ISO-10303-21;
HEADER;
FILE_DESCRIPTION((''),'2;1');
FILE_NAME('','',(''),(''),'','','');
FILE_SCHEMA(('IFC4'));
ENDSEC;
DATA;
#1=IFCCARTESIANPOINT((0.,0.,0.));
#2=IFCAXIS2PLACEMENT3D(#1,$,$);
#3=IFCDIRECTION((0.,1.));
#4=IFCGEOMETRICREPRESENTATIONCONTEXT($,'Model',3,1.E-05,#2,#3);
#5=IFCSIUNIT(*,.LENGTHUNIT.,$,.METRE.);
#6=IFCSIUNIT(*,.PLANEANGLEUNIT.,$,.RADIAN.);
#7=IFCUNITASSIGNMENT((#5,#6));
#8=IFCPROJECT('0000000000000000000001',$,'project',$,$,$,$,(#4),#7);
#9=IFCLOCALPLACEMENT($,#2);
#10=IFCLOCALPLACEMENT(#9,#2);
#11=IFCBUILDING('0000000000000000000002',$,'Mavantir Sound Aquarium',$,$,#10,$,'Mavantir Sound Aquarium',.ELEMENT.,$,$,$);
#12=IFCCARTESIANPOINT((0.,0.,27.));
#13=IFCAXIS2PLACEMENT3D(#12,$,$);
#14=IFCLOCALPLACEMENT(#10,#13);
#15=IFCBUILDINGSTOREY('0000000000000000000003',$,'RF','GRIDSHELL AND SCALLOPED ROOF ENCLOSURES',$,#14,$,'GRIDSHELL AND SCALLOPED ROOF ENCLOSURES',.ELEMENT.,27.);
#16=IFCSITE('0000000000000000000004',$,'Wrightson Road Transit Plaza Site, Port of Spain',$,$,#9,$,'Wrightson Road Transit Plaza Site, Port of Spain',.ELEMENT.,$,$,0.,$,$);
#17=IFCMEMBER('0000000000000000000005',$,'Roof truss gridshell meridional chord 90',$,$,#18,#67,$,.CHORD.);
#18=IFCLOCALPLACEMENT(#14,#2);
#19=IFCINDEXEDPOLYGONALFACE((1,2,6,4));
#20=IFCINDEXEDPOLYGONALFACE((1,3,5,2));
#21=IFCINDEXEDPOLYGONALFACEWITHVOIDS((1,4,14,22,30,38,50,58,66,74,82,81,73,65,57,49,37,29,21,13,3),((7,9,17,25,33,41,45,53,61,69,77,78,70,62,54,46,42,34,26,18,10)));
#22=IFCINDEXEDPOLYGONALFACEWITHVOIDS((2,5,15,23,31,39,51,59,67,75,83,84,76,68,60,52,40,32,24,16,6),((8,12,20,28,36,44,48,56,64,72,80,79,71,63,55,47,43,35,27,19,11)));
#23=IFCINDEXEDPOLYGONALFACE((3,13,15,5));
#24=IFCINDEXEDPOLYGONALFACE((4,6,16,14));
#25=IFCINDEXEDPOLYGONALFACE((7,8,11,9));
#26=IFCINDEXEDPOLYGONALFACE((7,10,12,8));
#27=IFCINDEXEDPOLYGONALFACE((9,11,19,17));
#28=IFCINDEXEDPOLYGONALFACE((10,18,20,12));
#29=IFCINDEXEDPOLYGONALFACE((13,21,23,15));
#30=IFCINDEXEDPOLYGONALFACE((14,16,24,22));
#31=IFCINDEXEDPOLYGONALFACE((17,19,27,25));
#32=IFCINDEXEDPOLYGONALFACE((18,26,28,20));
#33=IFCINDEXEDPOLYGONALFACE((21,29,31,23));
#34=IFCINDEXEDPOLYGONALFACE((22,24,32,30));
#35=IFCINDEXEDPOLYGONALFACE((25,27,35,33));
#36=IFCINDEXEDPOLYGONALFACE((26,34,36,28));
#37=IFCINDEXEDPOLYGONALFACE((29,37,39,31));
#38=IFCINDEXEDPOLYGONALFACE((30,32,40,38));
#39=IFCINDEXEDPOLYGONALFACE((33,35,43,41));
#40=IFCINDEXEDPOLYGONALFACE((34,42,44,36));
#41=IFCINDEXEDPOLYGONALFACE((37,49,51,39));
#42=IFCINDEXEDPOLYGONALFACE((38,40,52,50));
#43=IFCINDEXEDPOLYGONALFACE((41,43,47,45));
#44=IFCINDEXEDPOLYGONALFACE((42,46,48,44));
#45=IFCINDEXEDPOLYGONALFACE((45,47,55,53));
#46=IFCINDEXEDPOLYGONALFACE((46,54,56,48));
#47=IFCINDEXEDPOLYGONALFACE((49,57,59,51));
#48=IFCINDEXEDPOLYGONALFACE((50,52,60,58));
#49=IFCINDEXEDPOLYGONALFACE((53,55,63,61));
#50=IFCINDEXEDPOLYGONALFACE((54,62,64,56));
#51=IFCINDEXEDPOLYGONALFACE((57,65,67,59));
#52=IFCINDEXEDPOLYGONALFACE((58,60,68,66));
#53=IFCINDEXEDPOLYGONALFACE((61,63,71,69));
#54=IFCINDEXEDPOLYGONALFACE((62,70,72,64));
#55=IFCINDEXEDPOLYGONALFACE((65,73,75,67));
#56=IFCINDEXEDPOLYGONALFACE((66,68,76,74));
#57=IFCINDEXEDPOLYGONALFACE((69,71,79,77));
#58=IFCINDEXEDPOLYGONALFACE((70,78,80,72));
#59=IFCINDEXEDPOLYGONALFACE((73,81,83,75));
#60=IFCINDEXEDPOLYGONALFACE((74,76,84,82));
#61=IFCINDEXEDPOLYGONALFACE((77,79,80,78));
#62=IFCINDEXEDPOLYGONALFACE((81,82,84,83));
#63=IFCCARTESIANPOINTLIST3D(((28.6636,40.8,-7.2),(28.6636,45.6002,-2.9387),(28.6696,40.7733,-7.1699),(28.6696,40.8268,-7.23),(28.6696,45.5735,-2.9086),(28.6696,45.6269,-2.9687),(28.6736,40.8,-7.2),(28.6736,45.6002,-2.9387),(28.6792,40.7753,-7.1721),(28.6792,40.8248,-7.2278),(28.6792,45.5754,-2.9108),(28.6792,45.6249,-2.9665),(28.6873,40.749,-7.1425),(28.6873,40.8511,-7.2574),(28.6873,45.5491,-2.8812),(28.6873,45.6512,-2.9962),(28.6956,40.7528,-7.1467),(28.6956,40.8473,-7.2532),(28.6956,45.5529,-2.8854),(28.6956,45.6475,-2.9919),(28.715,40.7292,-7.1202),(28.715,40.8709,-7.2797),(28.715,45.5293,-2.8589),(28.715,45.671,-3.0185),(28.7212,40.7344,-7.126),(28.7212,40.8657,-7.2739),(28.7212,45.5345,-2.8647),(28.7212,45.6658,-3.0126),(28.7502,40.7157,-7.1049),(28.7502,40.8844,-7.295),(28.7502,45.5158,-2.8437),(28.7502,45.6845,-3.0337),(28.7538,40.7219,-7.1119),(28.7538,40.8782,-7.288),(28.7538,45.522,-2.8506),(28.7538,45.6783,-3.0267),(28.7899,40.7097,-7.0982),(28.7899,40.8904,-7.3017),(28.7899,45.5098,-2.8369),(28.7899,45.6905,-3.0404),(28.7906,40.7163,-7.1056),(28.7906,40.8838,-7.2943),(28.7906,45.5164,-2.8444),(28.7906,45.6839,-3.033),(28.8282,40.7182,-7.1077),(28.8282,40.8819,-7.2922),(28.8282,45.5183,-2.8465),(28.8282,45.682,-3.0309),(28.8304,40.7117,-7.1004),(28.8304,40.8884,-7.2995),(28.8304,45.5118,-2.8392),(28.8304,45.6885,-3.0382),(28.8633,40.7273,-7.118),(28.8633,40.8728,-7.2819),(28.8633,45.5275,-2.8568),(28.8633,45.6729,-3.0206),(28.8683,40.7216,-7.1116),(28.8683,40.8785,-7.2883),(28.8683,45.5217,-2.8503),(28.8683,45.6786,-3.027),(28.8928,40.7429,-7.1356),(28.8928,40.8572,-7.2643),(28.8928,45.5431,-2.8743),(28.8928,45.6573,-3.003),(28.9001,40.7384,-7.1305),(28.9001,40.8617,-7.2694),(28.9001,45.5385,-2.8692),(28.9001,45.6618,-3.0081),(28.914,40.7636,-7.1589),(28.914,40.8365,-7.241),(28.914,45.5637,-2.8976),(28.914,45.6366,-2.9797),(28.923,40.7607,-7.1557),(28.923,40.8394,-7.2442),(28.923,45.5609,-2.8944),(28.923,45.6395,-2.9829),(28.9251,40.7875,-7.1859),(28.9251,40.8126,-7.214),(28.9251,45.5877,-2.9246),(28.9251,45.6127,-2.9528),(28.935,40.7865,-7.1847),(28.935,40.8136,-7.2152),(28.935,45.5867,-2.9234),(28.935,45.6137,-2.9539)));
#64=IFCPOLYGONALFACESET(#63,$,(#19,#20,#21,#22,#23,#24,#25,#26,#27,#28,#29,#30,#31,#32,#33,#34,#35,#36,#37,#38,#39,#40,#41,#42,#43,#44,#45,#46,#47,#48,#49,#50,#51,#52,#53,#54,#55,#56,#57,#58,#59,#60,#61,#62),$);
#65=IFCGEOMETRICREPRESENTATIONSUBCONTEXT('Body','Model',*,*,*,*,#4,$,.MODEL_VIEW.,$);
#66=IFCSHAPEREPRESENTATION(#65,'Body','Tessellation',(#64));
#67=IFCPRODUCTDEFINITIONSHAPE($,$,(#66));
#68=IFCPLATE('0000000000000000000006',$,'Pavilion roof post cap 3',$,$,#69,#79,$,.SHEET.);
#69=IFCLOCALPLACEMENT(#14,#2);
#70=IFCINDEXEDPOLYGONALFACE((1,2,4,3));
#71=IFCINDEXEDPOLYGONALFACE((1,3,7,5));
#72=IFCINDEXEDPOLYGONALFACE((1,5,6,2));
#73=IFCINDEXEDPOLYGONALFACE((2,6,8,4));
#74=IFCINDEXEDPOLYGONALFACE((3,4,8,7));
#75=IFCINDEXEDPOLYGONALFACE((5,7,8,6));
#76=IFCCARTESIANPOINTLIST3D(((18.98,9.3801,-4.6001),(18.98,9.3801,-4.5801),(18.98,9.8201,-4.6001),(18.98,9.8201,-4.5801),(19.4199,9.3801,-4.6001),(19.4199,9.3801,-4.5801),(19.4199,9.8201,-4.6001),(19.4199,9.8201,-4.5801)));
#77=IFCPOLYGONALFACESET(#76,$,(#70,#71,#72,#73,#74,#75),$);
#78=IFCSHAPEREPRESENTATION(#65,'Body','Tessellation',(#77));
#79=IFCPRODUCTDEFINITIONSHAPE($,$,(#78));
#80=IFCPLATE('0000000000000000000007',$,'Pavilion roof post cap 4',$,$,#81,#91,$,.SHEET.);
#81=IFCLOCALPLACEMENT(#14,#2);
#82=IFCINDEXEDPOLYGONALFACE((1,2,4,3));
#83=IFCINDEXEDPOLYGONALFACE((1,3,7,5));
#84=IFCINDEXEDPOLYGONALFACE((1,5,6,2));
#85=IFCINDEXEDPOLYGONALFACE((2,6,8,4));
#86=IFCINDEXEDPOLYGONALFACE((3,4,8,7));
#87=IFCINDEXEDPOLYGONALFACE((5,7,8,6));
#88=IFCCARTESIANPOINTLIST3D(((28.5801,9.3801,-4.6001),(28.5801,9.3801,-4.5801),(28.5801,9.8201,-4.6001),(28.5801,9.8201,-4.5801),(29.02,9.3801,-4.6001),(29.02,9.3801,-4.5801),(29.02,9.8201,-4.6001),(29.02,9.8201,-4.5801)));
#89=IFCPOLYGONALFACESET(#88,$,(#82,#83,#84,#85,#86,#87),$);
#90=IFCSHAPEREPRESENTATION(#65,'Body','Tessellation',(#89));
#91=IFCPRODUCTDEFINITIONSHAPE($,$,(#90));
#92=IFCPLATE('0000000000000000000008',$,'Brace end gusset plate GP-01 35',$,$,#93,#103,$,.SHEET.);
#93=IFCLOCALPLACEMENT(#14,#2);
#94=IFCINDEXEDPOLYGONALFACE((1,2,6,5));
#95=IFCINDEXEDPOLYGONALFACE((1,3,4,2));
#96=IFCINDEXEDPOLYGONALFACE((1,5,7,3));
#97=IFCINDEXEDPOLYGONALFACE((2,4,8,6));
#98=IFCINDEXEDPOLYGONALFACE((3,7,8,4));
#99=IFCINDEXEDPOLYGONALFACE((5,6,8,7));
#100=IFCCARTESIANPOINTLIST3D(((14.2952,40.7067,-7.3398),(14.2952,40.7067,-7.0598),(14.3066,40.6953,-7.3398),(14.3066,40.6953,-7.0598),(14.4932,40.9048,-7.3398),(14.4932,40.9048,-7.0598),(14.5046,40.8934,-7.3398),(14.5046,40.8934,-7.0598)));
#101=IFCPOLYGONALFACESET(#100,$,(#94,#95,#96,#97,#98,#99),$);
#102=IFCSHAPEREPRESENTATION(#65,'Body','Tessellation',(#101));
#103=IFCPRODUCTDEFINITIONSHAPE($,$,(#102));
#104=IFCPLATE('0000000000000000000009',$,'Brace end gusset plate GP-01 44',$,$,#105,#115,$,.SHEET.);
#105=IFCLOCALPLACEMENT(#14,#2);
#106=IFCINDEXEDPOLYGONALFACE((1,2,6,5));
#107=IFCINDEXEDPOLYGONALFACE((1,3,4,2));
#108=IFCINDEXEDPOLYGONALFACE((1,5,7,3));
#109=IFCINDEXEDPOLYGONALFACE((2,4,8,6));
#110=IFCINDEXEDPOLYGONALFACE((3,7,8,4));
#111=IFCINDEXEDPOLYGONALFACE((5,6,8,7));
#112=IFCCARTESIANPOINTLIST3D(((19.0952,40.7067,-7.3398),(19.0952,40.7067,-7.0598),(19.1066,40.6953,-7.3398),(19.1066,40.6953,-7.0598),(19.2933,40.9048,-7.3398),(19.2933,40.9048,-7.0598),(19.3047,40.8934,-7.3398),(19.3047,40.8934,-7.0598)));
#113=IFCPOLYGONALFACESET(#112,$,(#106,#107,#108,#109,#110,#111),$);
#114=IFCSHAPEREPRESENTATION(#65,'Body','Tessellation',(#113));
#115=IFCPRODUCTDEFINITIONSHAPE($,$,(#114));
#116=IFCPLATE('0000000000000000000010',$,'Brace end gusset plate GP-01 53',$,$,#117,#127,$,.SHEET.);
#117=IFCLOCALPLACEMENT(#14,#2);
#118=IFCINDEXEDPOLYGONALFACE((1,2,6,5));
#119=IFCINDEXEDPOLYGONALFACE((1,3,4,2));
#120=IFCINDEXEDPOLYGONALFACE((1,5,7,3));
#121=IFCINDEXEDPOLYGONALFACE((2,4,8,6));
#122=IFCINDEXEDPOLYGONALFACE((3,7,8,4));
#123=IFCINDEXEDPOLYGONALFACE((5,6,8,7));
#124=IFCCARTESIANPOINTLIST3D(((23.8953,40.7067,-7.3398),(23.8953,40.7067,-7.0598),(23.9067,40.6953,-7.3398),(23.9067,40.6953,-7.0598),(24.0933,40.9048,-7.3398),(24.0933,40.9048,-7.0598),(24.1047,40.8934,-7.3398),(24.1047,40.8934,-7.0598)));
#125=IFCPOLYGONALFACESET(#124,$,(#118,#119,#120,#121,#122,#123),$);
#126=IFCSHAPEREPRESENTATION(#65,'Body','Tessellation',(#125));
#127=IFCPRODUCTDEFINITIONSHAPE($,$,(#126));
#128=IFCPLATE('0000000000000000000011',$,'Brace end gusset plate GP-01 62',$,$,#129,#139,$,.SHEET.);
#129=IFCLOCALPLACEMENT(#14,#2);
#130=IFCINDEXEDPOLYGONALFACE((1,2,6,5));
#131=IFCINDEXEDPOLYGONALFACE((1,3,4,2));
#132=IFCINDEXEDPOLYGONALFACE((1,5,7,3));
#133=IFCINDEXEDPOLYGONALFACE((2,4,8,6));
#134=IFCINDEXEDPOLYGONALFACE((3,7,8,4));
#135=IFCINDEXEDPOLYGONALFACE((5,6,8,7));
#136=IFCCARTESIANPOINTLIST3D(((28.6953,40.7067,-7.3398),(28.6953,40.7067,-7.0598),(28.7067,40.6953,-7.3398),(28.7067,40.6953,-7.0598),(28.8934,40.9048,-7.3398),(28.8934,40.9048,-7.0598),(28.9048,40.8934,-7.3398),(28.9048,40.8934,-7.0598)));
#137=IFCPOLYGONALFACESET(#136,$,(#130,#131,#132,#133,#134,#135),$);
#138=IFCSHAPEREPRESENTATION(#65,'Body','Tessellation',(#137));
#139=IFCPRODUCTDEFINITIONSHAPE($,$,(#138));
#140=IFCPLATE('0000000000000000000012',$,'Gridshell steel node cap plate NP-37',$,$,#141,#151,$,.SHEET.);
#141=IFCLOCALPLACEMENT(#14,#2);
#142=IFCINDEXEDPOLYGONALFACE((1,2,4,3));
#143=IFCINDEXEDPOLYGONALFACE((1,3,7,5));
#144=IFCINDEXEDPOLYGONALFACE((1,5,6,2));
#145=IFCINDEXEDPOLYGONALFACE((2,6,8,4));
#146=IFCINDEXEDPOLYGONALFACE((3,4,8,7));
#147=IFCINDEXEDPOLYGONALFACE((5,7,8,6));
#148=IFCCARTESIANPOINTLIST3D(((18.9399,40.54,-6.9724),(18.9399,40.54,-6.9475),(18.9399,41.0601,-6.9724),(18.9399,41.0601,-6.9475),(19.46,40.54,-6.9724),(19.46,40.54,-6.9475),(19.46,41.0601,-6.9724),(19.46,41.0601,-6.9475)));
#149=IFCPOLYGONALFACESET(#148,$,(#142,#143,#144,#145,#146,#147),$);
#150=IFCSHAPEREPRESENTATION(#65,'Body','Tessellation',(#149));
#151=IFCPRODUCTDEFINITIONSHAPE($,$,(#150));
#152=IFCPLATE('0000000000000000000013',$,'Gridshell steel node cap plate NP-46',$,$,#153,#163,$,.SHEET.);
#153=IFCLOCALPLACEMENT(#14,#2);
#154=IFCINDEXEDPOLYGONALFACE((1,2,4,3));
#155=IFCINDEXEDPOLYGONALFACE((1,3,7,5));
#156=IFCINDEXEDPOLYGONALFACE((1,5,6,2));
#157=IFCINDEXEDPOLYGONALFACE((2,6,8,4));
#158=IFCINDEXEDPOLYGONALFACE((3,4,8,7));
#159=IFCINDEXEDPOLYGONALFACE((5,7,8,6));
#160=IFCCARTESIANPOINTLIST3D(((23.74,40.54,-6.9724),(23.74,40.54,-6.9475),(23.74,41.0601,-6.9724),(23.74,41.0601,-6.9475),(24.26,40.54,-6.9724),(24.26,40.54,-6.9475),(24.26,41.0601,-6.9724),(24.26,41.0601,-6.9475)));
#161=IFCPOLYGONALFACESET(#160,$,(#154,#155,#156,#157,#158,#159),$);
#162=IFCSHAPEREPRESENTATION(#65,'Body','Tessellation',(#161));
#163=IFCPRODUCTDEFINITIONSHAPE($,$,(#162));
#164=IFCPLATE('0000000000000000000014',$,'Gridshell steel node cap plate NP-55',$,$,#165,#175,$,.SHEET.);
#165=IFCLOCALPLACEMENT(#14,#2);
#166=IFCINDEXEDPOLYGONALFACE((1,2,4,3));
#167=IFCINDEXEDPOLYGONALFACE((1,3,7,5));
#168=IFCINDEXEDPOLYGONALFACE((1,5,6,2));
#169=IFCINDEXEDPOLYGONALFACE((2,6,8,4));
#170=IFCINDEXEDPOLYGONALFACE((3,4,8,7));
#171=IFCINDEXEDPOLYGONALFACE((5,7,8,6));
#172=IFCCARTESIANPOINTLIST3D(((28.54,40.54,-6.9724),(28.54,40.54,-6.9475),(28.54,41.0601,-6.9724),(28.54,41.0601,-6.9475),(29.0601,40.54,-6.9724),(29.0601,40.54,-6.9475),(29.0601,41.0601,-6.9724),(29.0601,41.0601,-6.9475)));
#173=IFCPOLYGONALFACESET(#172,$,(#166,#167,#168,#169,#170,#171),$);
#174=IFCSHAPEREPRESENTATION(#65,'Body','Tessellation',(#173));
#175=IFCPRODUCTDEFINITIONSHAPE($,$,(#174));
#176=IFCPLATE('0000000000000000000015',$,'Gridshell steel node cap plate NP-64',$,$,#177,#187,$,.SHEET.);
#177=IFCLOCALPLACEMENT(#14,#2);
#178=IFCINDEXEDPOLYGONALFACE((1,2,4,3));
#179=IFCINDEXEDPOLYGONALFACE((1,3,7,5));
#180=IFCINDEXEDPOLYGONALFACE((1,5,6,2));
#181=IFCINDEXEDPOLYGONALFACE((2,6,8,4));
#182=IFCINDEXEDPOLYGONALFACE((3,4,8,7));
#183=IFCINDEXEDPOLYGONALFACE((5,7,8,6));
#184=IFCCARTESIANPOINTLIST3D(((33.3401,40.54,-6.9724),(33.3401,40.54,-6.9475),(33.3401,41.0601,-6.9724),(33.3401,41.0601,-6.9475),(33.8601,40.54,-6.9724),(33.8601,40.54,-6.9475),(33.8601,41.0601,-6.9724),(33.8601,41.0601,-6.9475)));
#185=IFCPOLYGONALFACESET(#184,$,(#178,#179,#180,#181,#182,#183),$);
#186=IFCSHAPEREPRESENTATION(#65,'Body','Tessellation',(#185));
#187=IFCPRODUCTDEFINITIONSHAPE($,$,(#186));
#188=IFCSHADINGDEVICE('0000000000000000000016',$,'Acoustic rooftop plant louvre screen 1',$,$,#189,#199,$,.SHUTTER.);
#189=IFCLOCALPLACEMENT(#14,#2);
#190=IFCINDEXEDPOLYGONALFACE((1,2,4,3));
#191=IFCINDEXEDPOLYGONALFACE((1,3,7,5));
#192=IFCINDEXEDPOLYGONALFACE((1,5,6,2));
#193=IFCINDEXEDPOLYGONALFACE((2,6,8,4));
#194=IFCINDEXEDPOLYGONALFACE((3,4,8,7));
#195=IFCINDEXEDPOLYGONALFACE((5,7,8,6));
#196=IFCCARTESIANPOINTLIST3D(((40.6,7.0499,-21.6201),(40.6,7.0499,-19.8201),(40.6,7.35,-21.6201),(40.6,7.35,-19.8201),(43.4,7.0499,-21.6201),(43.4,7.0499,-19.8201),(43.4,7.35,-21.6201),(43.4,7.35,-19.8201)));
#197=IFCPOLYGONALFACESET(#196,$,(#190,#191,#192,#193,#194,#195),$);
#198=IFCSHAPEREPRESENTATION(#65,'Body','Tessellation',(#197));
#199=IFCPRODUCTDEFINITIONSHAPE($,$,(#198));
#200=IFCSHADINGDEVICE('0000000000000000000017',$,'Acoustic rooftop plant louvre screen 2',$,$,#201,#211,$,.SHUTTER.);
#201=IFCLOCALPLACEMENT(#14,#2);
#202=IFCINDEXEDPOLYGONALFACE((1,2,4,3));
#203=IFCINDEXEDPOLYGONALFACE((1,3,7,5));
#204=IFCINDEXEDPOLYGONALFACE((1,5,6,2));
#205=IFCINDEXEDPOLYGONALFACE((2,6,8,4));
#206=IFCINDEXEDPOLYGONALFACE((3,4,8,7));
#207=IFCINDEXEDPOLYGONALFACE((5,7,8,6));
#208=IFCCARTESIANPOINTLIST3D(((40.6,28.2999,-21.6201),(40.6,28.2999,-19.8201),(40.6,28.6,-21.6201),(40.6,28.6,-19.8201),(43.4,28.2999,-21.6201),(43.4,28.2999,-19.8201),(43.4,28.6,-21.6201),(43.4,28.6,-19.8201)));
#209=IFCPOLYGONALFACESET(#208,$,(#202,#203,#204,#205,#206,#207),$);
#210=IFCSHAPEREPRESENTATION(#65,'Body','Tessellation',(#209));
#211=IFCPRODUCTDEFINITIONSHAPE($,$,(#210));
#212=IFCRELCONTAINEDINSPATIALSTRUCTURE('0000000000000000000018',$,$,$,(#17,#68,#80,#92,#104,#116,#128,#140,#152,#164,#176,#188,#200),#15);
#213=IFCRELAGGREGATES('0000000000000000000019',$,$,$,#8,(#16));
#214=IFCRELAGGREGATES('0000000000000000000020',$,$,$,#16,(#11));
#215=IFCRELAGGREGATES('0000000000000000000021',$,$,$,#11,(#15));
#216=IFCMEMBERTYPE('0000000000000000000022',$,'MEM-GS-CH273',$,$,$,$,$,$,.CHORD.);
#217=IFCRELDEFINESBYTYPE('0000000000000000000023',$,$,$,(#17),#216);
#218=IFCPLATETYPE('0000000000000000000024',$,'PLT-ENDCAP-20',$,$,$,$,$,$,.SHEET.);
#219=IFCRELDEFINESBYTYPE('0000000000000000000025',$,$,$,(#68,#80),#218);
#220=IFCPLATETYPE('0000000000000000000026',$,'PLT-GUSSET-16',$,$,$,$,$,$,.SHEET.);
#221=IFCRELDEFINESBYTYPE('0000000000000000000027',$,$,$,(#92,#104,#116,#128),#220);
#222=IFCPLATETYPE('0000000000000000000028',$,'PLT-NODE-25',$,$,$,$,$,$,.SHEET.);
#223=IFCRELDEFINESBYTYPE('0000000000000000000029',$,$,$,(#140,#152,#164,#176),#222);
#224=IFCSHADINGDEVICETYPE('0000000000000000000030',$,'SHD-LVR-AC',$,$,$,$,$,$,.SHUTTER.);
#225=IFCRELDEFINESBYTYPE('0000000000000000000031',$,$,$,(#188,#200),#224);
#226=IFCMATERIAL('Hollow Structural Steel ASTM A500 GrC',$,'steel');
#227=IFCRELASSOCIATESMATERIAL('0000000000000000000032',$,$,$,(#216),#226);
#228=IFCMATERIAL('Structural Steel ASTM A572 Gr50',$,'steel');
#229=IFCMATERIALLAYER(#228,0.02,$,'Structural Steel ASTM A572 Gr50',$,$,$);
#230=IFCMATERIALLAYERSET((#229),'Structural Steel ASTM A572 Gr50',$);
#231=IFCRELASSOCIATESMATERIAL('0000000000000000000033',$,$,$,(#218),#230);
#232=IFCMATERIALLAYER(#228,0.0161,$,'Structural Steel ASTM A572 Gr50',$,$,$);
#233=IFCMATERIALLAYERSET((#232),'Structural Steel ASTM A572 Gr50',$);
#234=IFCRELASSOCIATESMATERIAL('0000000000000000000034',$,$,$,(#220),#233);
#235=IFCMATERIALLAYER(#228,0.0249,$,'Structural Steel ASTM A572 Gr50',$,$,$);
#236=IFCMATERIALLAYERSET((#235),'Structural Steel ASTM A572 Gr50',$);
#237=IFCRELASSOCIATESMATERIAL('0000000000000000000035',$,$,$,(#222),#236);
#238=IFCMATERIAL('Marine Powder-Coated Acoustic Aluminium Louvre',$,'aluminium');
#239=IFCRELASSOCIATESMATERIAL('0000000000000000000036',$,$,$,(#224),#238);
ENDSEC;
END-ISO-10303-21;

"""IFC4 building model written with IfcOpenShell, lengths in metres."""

from ifc_helpers import new_model, si_unit, direction, frame, origin, origin_2d, place, context, subcontext, project, spatial, rectangle, hollow_circle, extrude, material, layer, layer_set, material_profile, profile_set, type_object, element, save


model = new_model("IFC4")

# Units and contexts
model_context = context("Model", 3, precision=1e-05, world=origin(), true_north=direction((0.0, 1.0)))
body_context = subcontext(model_context, "Body", "Model", "MODEL_VIEW")
ifc_project = project(units=[si_unit("LENGTHUNIT", "METRE"), si_unit("PLANEANGLEUNIT", "RADIAN")], contexts=[model_context])

# Site, building, storey
site_placement = place(None, origin())
site = spatial("IfcSite", under=ifc_project, at=site_placement, Name="Wrightson Road Transit Plaza Site, Port of Spain", LongName="Wrightson Road Transit Plaza Site, Port of Spain", CompositionType="ELEMENT", RefElevation=0.0)
building_placement = place(site_placement, origin())
building = spatial("IfcBuilding", under=site, at=building_placement, Name="Mavantir Sound Aquarium", LongName="Mavantir Sound Aquarium", CompositionType="ELEMENT")
storey_placement = place(building_placement, frame((0.0, 0.0, 27.0)))
storey = spatial("IfcBuildingStorey", under=building, at=storey_placement, Name="RF", Description="GRIDSHELL AND SCALLOPED ROOF ENCLOSURES", LongName="GRIDSHELL AND SCALLOPED ROOF ENCLOSURES", CompositionType="ELEMENT", Elevation=27.0)

# Shared definitions
ifc_material_1 = material(Name="Hollow Structural Steel ASTM A500 GrC", Category="steel")

# Member
ifc_material_profile_1 = material_profile(ifc_material_1, hollow_circle(Radius=0.1365, WallThickness=0.01, at=origin_2d()), Name="CHS 273X10")
ifc_profile_set_1 = profile_set([ifc_material_profile_1], Name="Hollow Structural Steel ASTM A500 GrC")
member_type_1 = type_object("IfcMemberType", Name="MEM-GS-CH273", PredefinedType="CHORD", material=ifc_profile_set_1)
member_1_placement = place(storey_placement, frame((28.8, 40.8, -7.2), z_axis=(0.0, 0.747833, 0.663887), x_axis=(-1.0, 0.0, 0.0)))
element("IfcMember", 1, at=member_1_placement, inside=storey, type_object=member_type_1, Name="Roof truss gridshell meridional chord 90", PredefinedType="CHORD", context=body_context, shape_type="SweptSolid", body=[
    extrude(hollow_circle(Radius=0.1365, WallThickness=0.01, at=origin_2d()), origin(), (0.0, 0.0, 1.0), 6.4187),
])

# Plates
ifc_material_2 = material(Name="Structural Steel ASTM A572 Gr50", Category="steel")
ifc_layer_1 = layer(ifc_material_2, 0.02, Name="Structural Steel ASTM A572 Gr50")
ifc_layer_set_1 = layer_set([ifc_layer_1], Name="Structural Steel ASTM A572 Gr50")
plate_type_1 = type_object("IfcPlateType", Name="PLT-ENDCAP-20", PredefinedType="SHEET", material=ifc_layer_set_1)
for number, where, z_axis, x_axis, name in (
    (2, (19.2, 9.6001, -4.6001), (0.0, 0.0, 1.0), (1.0, 0.0, 0.0), "Pavilion roof post cap 3"),
    (3, (28.8, 9.6001, -4.6001), (0.0, 0.0, 1.0), (1.0, 0.0, 0.0), "Pavilion roof post cap 4"),
):
    element("IfcPlate", number, at=place(storey_placement, frame(where, z_axis=z_axis, x_axis=x_axis)), inside=storey, type_object=plate_type_1, Name=name, PredefinedType="SHEET", context=body_context, shape_type="SweptSolid", body=[
        extrude(rectangle(XDim=0.4399, YDim=0.4399, at=origin_2d()), origin(), (0.0, 0.0, 1.0), 0.02),
    ])
ifc_layer_2 = layer(ifc_material_2, 0.0161, Name="Structural Steel ASTM A572 Gr50")
ifc_layer_set_2 = layer_set([ifc_layer_2], Name="Structural Steel ASTM A572 Gr50")
plate_type_2 = type_object("IfcPlateType", Name="PLT-GUSSET-16", PredefinedType="SHEET", material=ifc_layer_set_2)
for number, where, z_axis, x_axis, name in (
    (4, (14.3999, 40.8, -7.3398), (0.0, 0.0, 1.0), (0.707107, 0.707107, 0.0), "Brace end gusset plate GP-01 35"),
    (5, (19.2, 40.8, -7.3398), (0.0, 0.0, 1.0), (0.707107, 0.707107, 0.0), "Brace end gusset plate GP-01 44"),
    (6, (24.0, 40.8, -7.3398), (0.0, 0.0, 1.0), (0.707107, 0.707107, 0.0), "Brace end gusset plate GP-01 53"),
    (7, (28.8, 40.8, -7.3398), (0.0, 0.0, 1.0), (0.707107, 0.707107, 0.0), "Brace end gusset plate GP-01 62"),
):
    element("IfcPlate", number, at=place(storey_placement, frame(where, z_axis=z_axis, x_axis=x_axis)), inside=storey, type_object=plate_type_2, Name=name, PredefinedType="SHEET", context=body_context, shape_type="SweptSolid", body=[
        extrude(rectangle(XDim=0.28, YDim=0.0161, at=origin_2d()), origin(), (0.0, 0.0, 1.0), 0.28),
    ])
ifc_layer_3 = layer(ifc_material_2, 0.0249, Name="Structural Steel ASTM A572 Gr50")
ifc_layer_set_3 = layer_set([ifc_layer_3], Name="Structural Steel ASTM A572 Gr50")
plate_type_3 = type_object("IfcPlateType", Name="PLT-NODE-25", PredefinedType="SHEET", material=ifc_layer_set_3)
for number, where, z_axis, x_axis, name in (
    (8, (19.2, 40.8, -6.9724), (0.0, 0.0, 1.0), (1.0, 0.0, 0.0), "Gridshell steel node cap plate NP-37"),
    (9, (24.0, 40.8, -6.9724), (0.0, 0.0, 1.0), (1.0, 0.0, 0.0), "Gridshell steel node cap plate NP-46"),
    (10, (28.8, 40.8, -6.9724), (0.0, 0.0, 1.0), (1.0, 0.0, 0.0), "Gridshell steel node cap plate NP-55"),
    (11, (33.6001, 40.8, -6.9724), (0.0, 0.0, 1.0), (1.0, 0.0, 0.0), "Gridshell steel node cap plate NP-64"),
):
    element("IfcPlate", number, at=place(storey_placement, frame(where, z_axis=z_axis, x_axis=x_axis)), inside=storey, type_object=plate_type_3, Name=name, PredefinedType="SHEET", context=body_context, shape_type="SweptSolid", body=[
        extrude(rectangle(XDim=0.52, YDim=0.52, at=origin_2d()), origin(), (0.0, 0.0, 1.0), 0.0249),
    ])

# Shading devices
ifc_material_3 = material(Name="Marine Powder-Coated Acoustic Aluminium Louvre", Category="aluminium")
shading_device_type = type_object("IfcShadingDeviceType", Name="SHD-LVR-AC", PredefinedType="SHUTTER", material=ifc_material_3)
for number, where, z_axis, x_axis, name in (
    (12, (42.0, 7.2, -21.6201), (0.0, 0.0, 1.0), (1.0, 0.0, 0.0), "Acoustic rooftop plant louvre screen 1"),
    (13, (42.0, 28.45, -21.6201), (0.0, 0.0, 1.0), (1.0, 0.0, 0.0), "Acoustic rooftop plant louvre screen 2"),
):
    element("IfcShadingDevice", number, at=place(storey_placement, frame(where, z_axis=z_axis, x_axis=x_axis)), inside=storey, type_object=shading_device_type, Name=name, PredefinedType="SHUTTER", context=body_context, shape_type="SweptSolid", body=[
        extrude(rectangle(XDim=2.8, YDim=0.3, at=origin_2d()), origin(), (0.0, 0.0, 1.0), 1.8),
    ])

save(model, "model.ifc")
